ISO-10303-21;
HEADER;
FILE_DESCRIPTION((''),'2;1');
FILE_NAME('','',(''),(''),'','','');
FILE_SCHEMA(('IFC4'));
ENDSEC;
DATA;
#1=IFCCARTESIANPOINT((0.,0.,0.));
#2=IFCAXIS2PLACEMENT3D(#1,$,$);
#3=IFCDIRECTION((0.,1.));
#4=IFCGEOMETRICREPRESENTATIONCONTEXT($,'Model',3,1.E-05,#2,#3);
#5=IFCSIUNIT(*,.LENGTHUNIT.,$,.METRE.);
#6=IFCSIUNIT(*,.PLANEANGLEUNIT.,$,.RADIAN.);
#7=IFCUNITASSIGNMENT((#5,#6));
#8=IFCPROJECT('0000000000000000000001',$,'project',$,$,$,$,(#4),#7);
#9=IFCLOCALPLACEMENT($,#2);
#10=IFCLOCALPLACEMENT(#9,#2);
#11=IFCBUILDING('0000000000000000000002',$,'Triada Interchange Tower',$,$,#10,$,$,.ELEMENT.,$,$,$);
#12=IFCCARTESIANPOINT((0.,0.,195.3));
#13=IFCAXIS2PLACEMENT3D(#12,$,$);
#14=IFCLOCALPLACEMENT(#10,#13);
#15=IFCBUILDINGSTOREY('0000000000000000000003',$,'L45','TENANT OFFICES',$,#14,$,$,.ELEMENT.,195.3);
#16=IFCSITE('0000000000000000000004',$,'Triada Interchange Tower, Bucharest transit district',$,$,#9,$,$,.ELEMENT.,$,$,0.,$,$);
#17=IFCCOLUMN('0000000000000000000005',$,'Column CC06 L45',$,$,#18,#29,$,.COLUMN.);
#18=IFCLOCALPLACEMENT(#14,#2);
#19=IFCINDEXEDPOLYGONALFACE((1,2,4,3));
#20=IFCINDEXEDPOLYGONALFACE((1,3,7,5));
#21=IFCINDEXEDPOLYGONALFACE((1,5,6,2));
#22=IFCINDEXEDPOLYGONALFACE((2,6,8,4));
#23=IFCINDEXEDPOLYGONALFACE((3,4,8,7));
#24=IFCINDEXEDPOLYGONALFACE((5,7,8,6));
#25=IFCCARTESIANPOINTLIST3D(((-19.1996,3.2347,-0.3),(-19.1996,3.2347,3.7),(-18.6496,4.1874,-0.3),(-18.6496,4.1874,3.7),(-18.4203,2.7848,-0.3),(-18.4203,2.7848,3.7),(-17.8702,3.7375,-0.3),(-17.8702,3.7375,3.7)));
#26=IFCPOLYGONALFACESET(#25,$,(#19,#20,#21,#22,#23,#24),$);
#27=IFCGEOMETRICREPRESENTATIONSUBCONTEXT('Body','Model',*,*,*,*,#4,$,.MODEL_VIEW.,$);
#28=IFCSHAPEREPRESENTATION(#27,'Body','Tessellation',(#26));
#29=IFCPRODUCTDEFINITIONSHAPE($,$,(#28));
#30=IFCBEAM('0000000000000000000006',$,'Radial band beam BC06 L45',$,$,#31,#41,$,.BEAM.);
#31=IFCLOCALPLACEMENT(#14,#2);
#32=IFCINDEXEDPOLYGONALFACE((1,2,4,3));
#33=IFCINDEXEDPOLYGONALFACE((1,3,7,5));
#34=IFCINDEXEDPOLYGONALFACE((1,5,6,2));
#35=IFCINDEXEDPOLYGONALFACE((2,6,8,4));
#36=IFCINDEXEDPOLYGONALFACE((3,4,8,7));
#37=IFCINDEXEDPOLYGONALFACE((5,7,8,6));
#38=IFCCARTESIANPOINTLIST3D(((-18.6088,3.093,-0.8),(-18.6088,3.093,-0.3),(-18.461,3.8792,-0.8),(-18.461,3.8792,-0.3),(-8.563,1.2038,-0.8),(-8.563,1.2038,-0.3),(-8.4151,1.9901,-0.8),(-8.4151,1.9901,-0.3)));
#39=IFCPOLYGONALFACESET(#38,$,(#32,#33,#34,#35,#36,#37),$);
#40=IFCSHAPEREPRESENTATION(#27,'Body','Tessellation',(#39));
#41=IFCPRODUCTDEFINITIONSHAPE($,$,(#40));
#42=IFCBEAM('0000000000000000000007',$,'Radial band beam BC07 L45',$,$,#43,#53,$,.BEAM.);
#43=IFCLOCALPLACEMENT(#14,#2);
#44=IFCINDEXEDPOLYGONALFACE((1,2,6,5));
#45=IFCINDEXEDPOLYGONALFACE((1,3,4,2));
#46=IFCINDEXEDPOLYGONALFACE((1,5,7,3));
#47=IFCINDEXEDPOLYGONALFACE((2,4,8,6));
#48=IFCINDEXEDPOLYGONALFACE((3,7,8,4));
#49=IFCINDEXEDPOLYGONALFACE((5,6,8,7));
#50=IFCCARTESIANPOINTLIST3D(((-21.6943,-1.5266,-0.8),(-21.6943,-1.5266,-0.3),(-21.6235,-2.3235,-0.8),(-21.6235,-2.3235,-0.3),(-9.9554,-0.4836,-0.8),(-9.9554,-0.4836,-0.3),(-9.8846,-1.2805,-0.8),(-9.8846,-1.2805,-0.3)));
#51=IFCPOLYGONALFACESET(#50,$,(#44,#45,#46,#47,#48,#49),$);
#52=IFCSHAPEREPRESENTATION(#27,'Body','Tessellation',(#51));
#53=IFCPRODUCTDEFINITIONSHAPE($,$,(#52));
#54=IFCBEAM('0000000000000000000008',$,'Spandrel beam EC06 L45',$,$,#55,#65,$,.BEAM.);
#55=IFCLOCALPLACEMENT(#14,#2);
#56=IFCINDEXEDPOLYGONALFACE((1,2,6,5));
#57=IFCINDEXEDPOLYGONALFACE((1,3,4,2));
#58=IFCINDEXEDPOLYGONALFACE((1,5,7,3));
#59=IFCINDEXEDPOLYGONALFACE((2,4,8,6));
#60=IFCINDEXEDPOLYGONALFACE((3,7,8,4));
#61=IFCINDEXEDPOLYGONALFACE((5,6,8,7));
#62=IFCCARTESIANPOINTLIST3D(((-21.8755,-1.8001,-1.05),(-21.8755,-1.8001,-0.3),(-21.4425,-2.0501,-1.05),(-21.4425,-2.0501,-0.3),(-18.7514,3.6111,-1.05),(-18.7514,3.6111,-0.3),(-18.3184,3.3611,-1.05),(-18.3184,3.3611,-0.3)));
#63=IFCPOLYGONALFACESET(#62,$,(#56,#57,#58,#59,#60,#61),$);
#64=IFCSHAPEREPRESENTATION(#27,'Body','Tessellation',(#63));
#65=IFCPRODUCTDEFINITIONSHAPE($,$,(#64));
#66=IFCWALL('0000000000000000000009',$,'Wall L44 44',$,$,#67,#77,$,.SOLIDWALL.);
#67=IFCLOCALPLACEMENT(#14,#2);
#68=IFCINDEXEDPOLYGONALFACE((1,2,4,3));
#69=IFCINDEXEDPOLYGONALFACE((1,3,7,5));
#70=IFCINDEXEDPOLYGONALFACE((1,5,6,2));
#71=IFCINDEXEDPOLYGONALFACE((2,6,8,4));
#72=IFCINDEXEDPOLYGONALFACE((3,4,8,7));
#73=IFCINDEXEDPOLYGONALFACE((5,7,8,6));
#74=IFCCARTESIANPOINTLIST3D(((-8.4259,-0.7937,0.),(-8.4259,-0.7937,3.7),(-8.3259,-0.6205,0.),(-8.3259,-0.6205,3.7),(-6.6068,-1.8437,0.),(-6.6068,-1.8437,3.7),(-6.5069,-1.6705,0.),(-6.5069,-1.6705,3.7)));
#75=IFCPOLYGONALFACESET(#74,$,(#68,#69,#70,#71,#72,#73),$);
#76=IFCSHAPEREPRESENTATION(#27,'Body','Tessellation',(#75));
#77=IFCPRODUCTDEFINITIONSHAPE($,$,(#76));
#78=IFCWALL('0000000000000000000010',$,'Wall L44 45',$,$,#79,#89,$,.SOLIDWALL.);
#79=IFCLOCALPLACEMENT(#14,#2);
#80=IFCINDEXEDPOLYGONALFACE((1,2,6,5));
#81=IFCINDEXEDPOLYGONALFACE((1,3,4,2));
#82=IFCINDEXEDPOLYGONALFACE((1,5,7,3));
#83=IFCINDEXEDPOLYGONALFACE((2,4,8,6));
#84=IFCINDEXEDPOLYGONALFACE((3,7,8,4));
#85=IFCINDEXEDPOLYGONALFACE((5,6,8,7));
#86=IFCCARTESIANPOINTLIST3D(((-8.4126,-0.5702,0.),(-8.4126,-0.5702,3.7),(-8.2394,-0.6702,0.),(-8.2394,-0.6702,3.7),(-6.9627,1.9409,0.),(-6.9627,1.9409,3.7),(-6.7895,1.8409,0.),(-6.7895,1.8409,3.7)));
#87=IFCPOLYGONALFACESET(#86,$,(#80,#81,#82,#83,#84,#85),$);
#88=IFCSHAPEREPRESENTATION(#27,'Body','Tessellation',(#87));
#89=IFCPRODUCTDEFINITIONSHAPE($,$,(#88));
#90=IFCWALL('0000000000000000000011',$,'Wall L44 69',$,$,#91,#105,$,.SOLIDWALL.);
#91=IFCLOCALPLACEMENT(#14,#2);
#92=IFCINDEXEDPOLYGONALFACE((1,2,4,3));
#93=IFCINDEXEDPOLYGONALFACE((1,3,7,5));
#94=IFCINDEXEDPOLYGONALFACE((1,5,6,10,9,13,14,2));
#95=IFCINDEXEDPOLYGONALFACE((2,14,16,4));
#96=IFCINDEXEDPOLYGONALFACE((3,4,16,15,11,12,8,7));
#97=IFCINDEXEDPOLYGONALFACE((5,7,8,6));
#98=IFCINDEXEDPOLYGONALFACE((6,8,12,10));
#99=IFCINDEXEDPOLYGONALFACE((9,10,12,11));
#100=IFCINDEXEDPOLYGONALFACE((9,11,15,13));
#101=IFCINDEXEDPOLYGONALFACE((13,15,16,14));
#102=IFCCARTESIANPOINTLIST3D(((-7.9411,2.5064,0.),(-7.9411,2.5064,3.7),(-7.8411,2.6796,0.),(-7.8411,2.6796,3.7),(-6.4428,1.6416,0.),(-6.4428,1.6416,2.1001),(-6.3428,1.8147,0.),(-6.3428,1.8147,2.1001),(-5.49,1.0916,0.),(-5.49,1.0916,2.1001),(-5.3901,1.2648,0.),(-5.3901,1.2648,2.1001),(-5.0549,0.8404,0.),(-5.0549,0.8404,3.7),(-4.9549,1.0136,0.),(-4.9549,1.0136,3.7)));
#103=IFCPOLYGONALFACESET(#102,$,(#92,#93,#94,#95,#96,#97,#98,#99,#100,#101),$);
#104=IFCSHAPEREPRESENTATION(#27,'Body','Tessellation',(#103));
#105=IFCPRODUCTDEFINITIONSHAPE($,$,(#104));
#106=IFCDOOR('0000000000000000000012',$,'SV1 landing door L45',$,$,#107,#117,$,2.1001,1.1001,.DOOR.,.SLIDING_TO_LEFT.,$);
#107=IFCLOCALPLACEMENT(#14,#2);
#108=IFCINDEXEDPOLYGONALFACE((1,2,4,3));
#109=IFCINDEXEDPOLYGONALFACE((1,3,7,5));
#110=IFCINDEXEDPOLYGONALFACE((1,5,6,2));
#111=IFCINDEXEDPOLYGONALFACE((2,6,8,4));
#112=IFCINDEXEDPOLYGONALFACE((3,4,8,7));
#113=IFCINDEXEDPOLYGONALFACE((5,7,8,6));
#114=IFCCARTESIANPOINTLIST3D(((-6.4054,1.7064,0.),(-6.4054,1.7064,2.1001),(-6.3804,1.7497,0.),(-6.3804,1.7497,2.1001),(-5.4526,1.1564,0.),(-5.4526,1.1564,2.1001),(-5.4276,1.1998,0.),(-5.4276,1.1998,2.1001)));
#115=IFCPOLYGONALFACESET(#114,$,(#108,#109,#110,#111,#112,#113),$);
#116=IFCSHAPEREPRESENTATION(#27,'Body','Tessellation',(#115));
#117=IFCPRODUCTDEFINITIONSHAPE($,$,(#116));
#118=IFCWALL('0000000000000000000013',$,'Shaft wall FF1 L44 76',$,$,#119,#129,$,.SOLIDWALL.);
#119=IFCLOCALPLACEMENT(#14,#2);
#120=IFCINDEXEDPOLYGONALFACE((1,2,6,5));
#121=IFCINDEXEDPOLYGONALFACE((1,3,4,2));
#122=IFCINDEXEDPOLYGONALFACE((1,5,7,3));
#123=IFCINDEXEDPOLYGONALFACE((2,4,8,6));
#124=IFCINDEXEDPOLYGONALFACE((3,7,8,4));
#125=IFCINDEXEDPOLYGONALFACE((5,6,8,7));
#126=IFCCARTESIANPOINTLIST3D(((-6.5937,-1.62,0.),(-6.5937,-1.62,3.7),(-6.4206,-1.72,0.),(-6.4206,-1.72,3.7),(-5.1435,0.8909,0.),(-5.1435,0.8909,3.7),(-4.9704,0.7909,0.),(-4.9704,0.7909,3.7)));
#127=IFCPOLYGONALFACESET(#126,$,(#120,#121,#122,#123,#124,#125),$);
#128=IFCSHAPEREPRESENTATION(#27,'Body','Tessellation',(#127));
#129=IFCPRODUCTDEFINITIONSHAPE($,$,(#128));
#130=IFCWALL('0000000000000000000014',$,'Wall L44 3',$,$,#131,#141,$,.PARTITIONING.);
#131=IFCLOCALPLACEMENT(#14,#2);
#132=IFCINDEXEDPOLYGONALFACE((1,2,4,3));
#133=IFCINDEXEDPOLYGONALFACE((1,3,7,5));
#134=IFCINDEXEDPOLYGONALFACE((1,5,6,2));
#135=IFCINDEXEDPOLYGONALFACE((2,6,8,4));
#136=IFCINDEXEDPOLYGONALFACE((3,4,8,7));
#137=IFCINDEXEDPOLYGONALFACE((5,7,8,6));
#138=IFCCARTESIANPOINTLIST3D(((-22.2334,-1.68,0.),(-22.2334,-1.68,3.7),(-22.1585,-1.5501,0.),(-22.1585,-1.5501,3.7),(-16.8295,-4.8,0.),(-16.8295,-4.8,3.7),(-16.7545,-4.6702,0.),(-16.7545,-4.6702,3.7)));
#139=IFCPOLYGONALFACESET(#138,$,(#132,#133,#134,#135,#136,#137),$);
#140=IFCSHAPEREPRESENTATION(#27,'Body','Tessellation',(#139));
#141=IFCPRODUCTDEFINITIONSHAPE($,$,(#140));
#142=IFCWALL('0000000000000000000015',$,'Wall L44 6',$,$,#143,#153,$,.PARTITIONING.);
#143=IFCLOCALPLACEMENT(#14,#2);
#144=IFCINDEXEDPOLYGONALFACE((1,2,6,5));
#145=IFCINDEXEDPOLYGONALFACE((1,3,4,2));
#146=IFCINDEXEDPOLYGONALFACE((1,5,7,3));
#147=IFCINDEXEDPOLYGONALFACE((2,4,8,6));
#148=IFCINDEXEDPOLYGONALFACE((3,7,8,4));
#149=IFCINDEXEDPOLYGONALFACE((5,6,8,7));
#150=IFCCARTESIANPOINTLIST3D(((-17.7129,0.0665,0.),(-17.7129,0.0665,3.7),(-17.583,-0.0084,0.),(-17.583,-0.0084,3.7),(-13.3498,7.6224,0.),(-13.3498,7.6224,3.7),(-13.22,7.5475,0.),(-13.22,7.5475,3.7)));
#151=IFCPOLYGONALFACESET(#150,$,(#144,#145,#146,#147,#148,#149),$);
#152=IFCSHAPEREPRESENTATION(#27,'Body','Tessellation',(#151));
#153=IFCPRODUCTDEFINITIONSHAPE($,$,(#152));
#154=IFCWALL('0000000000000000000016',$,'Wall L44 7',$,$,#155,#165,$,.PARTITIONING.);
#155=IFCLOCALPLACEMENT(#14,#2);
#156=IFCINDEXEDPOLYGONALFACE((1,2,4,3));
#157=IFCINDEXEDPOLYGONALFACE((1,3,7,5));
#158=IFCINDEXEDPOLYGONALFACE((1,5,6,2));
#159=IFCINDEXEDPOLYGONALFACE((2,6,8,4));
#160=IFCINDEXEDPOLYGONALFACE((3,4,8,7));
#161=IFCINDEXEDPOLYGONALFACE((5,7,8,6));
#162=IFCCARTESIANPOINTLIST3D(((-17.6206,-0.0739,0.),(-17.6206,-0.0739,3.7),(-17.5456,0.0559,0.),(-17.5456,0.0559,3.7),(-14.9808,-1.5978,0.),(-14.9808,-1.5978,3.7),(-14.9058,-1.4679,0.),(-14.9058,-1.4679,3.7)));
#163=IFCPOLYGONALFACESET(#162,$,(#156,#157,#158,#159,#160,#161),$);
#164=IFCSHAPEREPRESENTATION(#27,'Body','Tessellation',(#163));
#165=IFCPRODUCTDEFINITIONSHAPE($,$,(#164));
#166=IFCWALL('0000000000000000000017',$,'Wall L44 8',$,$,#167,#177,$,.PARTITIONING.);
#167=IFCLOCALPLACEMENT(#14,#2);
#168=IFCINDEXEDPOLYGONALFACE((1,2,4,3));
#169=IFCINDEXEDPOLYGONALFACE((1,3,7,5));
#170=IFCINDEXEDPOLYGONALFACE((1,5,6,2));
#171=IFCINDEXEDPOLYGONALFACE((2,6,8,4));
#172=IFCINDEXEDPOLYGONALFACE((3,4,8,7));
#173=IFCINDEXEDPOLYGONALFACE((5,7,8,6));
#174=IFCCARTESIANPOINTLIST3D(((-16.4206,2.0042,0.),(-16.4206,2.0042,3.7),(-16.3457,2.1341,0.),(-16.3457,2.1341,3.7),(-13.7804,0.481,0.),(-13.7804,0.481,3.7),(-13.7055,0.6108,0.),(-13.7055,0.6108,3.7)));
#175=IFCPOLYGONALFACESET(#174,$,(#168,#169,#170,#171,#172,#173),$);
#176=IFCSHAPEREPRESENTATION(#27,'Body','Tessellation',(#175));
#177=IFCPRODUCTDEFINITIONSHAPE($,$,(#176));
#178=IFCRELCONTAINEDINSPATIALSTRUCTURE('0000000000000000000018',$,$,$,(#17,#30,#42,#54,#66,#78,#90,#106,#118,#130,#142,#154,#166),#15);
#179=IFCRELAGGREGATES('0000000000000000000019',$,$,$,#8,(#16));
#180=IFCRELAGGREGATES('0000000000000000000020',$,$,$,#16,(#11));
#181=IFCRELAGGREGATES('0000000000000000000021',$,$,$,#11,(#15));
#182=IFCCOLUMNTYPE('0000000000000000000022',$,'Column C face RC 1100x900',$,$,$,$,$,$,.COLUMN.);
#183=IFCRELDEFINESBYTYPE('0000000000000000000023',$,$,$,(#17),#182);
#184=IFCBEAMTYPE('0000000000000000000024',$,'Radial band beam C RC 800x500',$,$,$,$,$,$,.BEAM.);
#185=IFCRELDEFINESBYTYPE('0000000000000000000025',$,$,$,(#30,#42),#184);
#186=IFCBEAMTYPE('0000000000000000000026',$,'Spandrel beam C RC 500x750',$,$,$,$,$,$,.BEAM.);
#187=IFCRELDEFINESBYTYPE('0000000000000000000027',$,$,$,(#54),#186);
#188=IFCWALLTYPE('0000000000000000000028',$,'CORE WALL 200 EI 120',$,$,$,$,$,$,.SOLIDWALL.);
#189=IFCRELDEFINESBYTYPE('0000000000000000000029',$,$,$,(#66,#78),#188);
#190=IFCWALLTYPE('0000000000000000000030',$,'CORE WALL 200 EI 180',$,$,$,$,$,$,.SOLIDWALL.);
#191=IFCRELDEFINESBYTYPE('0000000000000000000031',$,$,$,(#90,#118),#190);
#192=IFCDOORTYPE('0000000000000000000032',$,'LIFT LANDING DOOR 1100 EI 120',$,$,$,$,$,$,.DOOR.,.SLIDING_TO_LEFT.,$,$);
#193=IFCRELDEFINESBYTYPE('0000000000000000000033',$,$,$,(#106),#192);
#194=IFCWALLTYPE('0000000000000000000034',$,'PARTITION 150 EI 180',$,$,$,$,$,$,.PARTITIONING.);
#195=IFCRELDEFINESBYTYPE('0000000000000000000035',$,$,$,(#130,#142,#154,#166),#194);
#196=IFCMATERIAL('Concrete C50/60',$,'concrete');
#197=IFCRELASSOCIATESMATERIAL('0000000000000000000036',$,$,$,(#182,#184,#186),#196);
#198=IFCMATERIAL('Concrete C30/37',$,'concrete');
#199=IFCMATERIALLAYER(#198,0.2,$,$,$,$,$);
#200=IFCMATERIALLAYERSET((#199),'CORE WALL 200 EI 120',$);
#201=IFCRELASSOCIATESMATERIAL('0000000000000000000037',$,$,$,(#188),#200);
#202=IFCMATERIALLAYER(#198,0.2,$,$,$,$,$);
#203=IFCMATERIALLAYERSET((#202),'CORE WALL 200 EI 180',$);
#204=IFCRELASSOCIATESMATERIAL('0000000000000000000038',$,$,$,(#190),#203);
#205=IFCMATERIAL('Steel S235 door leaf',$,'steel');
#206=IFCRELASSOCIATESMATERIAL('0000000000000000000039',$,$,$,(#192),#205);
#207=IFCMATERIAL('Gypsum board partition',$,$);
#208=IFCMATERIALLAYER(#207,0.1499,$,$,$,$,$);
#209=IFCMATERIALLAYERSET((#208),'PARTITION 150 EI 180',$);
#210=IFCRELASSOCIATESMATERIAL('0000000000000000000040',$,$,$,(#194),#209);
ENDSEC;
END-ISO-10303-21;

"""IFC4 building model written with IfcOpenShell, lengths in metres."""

from ifc_helpers import new_model, si_unit, direction, frame, frame_2d, origin, origin_2d, place, context, subcontext, project, spatial, rectangle, extrude, material, layer, layer_set, material_profile, profile_set, type_object, element, fill, save


model = new_model("IFC4")

# Units and contexts
model_context = context("Model", 3, precision=1e-05, world=origin(), true_north=direction((0.0, 1.0)))
body_context = subcontext(model_context, "Body", "Model", "MODEL_VIEW")
ifc_project = project(units=[si_unit("LENGTHUNIT", "METRE"), si_unit("PLANEANGLEUNIT", "RADIAN")], contexts=[model_context])

# Site, building, storey
site_placement = place(None, origin())
site = spatial("IfcSite", under=ifc_project, at=site_placement, Name="Triada Interchange Tower, Bucharest transit district", CompositionType="ELEMENT", RefElevation=0.0)
building_placement = place(site_placement, origin())
building = spatial("IfcBuilding", under=site, at=building_placement, Name="Triada Interchange Tower", CompositionType="ELEMENT")
storey_placement = place(building_placement, frame((0.0, 0.0, 195.3)))
storey = spatial("IfcBuildingStorey", under=building, at=storey_placement, Name="L45", Description="TENANT OFFICES", CompositionType="ELEMENT", Elevation=195.3)

# Column
ifc_material_1 = material(Name="Concrete C50/60", Category="concrete")
ifc_material_profile_1 = material_profile(ifc_material_1, rectangle(XDim=1.1001, YDim=0.8999, at=origin_2d()), Name="RC 1100x900")
ifc_profile_set_1 = profile_set([ifc_material_profile_1], Name="Concrete C50/60")
column_type = type_object("IfcColumnType", Name="Column C face RC 1100x900", PredefinedType="COLUMN", material=ifc_profile_set_1)
column_placement = place(storey_placement, frame((-18.5349, 3.4861, -0.3), z_axis=(0.0, 0.0, 1.0), x_axis=(0.5, 0.866025, 0.0)))
element("IfcColumn", 1, at=column_placement, inside=storey, type_object=column_type, Name="Column CC06 L45", PredefinedType="COLUMN", context=body_context, shape_type="SweptSolid", body=[
    extrude(rectangle(XDim=1.1001, YDim=0.8999, at=origin_2d()), origin(), (0.0, 0.0, 1.0), 4.0),
])

# Beams
ifc_material_profile_2 = material_profile(ifc_material_1, rectangle(XDim=0.8, YDim=0.5, at=origin_2d()), Name="RC 800x500")
ifc_profile_set_2 = profile_set([ifc_material_profile_2], Name="Concrete C50/60")
beam_type_1 = type_object("IfcBeamType", Name="Radial band beam C RC 800x500", PredefinedType="BEAM", material=ifc_profile_set_2)
beam_1_placement = place(storey_placement, frame((-18.5349, 3.4861, -0.55), z_axis=(0.982774, -0.184813, 0.0), x_axis=(0.184813, 0.982774, 0.0)))
element("IfcBeam", 2, at=beam_1_placement, inside=storey, type_object=beam_type_1, Name="Radial band beam BC06 L45", PredefinedType="BEAM", context=body_context, shape_type="SweptSolid", body=[
    extrude(rectangle(XDim=0.8, YDim=0.5, at=origin_2d()), origin(), (0.0, 0.0, 1.0), 10.2219),
])
beam_2_placement = place(storey_placement, frame((-21.6589, -1.925, -0.55), z_axis=(0.996076, 0.088498, 0.0), x_axis=(-0.088498, 0.996076, 0.0)))
element("IfcBeam", 3, at=beam_2_placement, inside=storey, type_object=beam_type_1, Name="Radial band beam BC07 L45", PredefinedType="BEAM", context=body_context, shape_type="SweptSolid", body=[
    extrude(rectangle(XDim=0.8, YDim=0.5, at=origin_2d()), origin(), (0.0, 0.0, 1.0), 11.7852),
])
ifc_material_profile_3 = material_profile(ifc_material_1, rectangle(XDim=0.5, YDim=0.75, at=origin_2d()), Name="RC 500x750")
ifc_profile_set_3 = profile_set([ifc_material_profile_3], Name="Concrete C50/60")
beam_type_2 = type_object("IfcBeamType", Name="Spandrel beam C RC 500x750", PredefinedType="BEAM", material=ifc_profile_set_3)
beam_3_placement = place(storey_placement, frame((-18.5349, 3.4861, -0.675), z_axis=(-0.499989, -0.866032, 0.0), x_axis=(0.866032, -0.499989, 0.0)))
element("IfcBeam", 4, at=beam_3_placement, inside=storey, type_object=beam_type_2, Name="Spandrel beam EC06 L45", PredefinedType="BEAM", context=body_context, shape_type="SweptSolid", body=[
    extrude(rectangle(XDim=0.5, YDim=0.75, at=origin_2d()), origin(), (0.0, 0.0, 1.0), 6.2483),
])

# Walls
ifc_material_2 = material(Name="Concrete C30/37", Category="concrete")
ifc_layer_1 = layer(ifc_material_2, 0.2)
ifc_layer_set_1 = layer_set([ifc_layer_1], Name="CORE WALL 200 EI 120")
wall_type_1 = type_object("IfcWallType", Name="CORE WALL 200 EI 120", PredefinedType="SOLIDWALL", material=ifc_layer_set_1)
wall_1_placement = place(storey_placement, frame((-8.376, -0.707, 0.0), z_axis=(0.0, 0.0, 1.0), x_axis=(0.866068, -0.499927, 0.0)))
element("IfcWall", 5, at=wall_1_placement, inside=storey, type_object=wall_type_1, Name="Wall L44 44", PredefinedType="SOLIDWALL", context=body_context, shape_type="SweptSolid", body=[
    extrude(rectangle(XDim=2.1003, YDim=0.2, at=frame_2d((1.0503, 0.0))), origin(), (0.0, 0.0, 1.0), 3.7),
])
wall_2_placement = place(storey_placement, frame((-8.3259, -0.6201, 0.0), z_axis=(0.0, 0.0, 1.0), x_axis=(0.500024, 0.866012, 0.0)))
element("IfcWall", 6, at=wall_2_placement, inside=storey, type_object=wall_type_1, Name="Wall L44 45", PredefinedType="SOLIDWALL", context=body_context, shape_type="SweptSolid", body=[
    extrude(rectangle(XDim=2.8997, YDim=0.2, at=frame_2d((1.4497, 0.0))), origin(), (0.0, 0.0, 1.0), 3.7),
])

# Wall, opening, door
ifc_layer_2 = layer(ifc_material_2, 0.2)
ifc_layer_set_2 = layer_set([ifc_layer_2], Name="CORE WALL 200 EI 180")
wall_type_2 = type_object("IfcWallType", Name="CORE WALL 200 EI 180", PredefinedType="SOLIDWALL", material=ifc_layer_set_2)
wall_3_placement = place(storey_placement, frame((-7.8911, 2.593, 0.0), z_axis=(0.0, 0.0, 1.0), x_axis=(0.866071, -0.499921, 0.0)))
wall_3 = element("IfcWall", 7, at=wall_3_placement, inside=storey, type_object=wall_type_2, Name="Wall L44 69", PredefinedType="SOLIDWALL", context=body_context, shape_type="SweptSolid", body=[
    extrude(rectangle(XDim=3.3325, YDim=0.2, at=frame_2d((1.6663, 0.0))), origin(), (0.0, 0.0, 1.0), 3.7),
])
opening_placement = place(wall_3_placement, frame((1.73, 0.0, 0.0)))
opening = element("IfcOpeningElement", 8, at=opening_placement, cuts=wall_3, PredefinedType="OPENING", context=body_context, shape_type="SweptSolid", body=[
    extrude(rectangle(XDim=1.1001, YDim=2.1001, at=frame_2d((0.55, 1.05))), frame((0.0, 0.1099, 0.0), z_axis=(0.0, -1.0, 0.0), x_axis=(1.0, 0.0, 0.0)), (0.0, 0.0, 1.0), 0.22),
])
ifc_material_3 = material(Name="Steel S235 door leaf", Category="steel")
door_type = type_object("IfcDoorType", Name="LIFT LANDING DOOR 1100 EI 120", OperationType="SLIDING_TO_LEFT", PredefinedType="DOOR", material=ifc_material_3)
door_placement = place(opening_placement, origin())
door = element("IfcDoor", 9, at=door_placement, inside=storey, type_object=door_type, Name="SV1 landing door L45", OperationType="SLIDING_TO_LEFT", OverallHeight=2.1001, OverallWidth=1.1001, PredefinedType="DOOR", context=body_context, shape_type="SweptSolid", body=[
    extrude(rectangle(XDim=1.1001, YDim=2.1001, at=frame_2d((0.55, 1.05))), frame((0.0, 0.0249, 0.0), z_axis=(0.0, -1.0, 0.0), x_axis=(1.0, 0.0, 0.0)), (0.0, 0.0, 1.0), 0.05),
])
fill(opening, door)

# Walls
wall_4_placement = place(storey_placement, frame((-6.5071, -1.6699, 0.0), z_axis=(0.0, 0.0, 1.0), x_axis=(0.500123, 0.865954, 0.0)))
element("IfcWall", 10, at=wall_4_placement, inside=storey, type_object=wall_type_2, Name="Shaft wall FF1 L44 76", PredefinedType="SOLIDWALL", context=body_context, shape_type="SweptSolid", body=[
    extrude(rectangle(XDim=2.8997, YDim=0.2, at=frame_2d((1.4497, 0.0))), origin(), (0.0, 0.0, 1.0), 3.7),
])
ifc_material_4 = material(Name="Gypsum board partition")
ifc_layer_3 = layer(ifc_material_4, 0.1499)
ifc_layer_set_3 = layer_set([ifc_layer_3], Name="PARTITION 150 EI 180")
wall_type_3 = type_object("IfcWallType", Name="PARTITION 150 EI 180", PredefinedType="PARTITIONING", material=ifc_layer_set_3)
wall_5_placement = place(storey_placement, frame((-22.196, -1.615, 0.0), z_axis=(0.0, 0.0, 1.0), x_axis=(0.866019, -0.50001, 0.0)))
element("IfcWall", 11, at=wall_5_placement, inside=storey, type_object=wall_type_3, Name="Wall L44 3", PredefinedType="PARTITIONING", context=body_context, shape_type="SweptSolid", body=[
    extrude(rectangle(XDim=6.24, YDim=0.1499, at=frame_2d((3.1201, 0.0))), origin(), (0.0, 0.0, 1.0), 3.7),
])
wall_6_placement = place(storey_placement, frame((-17.6479, 0.0291, 0.0), z_axis=(0.0, 0.0, 1.0), x_axis=(0.500054, 0.865994, 0.0)))
element("IfcWall", 12, at=wall_6_placement, inside=storey, type_object=wall_type_3, Name="Wall L44 6", PredefinedType="PARTITIONING", context=body_context, shape_type="SweptSolid", body=[
    extrude(rectangle(XDim=8.7251, YDim=0.1499, at=frame_2d((4.3625, 0.0))), origin(), (0.0, 0.0, 1.0), 3.7),
])
for number, where, z_axis, x_axis, name in (
    (13, (-17.583, -0.009, 0.0), (0.0, 0.0, 1.0), (0.866056, -0.499947, 0.0), "Wall L44 7"),
    (14, (-16.3831, 2.0691, 0.0), (0.0, 0.0, 1.0), (0.86618, -0.499732, 0.0), "Wall L44 8"),
):
    element("IfcWall", number, at=place(storey_placement, frame(where, z_axis=z_axis, x_axis=x_axis)), inside=storey, type_object=wall_type_3, Name=name, PredefinedType="PARTITIONING", context=body_context, shape_type="SweptSolid", body=[
        extrude(rectangle(XDim=3.0481, YDim=0.1499, at=frame_2d((1.5239, 0.0))), origin(), (0.0, 0.0, 1.0), 3.7),
    ])

save(model, "model.ifc")
